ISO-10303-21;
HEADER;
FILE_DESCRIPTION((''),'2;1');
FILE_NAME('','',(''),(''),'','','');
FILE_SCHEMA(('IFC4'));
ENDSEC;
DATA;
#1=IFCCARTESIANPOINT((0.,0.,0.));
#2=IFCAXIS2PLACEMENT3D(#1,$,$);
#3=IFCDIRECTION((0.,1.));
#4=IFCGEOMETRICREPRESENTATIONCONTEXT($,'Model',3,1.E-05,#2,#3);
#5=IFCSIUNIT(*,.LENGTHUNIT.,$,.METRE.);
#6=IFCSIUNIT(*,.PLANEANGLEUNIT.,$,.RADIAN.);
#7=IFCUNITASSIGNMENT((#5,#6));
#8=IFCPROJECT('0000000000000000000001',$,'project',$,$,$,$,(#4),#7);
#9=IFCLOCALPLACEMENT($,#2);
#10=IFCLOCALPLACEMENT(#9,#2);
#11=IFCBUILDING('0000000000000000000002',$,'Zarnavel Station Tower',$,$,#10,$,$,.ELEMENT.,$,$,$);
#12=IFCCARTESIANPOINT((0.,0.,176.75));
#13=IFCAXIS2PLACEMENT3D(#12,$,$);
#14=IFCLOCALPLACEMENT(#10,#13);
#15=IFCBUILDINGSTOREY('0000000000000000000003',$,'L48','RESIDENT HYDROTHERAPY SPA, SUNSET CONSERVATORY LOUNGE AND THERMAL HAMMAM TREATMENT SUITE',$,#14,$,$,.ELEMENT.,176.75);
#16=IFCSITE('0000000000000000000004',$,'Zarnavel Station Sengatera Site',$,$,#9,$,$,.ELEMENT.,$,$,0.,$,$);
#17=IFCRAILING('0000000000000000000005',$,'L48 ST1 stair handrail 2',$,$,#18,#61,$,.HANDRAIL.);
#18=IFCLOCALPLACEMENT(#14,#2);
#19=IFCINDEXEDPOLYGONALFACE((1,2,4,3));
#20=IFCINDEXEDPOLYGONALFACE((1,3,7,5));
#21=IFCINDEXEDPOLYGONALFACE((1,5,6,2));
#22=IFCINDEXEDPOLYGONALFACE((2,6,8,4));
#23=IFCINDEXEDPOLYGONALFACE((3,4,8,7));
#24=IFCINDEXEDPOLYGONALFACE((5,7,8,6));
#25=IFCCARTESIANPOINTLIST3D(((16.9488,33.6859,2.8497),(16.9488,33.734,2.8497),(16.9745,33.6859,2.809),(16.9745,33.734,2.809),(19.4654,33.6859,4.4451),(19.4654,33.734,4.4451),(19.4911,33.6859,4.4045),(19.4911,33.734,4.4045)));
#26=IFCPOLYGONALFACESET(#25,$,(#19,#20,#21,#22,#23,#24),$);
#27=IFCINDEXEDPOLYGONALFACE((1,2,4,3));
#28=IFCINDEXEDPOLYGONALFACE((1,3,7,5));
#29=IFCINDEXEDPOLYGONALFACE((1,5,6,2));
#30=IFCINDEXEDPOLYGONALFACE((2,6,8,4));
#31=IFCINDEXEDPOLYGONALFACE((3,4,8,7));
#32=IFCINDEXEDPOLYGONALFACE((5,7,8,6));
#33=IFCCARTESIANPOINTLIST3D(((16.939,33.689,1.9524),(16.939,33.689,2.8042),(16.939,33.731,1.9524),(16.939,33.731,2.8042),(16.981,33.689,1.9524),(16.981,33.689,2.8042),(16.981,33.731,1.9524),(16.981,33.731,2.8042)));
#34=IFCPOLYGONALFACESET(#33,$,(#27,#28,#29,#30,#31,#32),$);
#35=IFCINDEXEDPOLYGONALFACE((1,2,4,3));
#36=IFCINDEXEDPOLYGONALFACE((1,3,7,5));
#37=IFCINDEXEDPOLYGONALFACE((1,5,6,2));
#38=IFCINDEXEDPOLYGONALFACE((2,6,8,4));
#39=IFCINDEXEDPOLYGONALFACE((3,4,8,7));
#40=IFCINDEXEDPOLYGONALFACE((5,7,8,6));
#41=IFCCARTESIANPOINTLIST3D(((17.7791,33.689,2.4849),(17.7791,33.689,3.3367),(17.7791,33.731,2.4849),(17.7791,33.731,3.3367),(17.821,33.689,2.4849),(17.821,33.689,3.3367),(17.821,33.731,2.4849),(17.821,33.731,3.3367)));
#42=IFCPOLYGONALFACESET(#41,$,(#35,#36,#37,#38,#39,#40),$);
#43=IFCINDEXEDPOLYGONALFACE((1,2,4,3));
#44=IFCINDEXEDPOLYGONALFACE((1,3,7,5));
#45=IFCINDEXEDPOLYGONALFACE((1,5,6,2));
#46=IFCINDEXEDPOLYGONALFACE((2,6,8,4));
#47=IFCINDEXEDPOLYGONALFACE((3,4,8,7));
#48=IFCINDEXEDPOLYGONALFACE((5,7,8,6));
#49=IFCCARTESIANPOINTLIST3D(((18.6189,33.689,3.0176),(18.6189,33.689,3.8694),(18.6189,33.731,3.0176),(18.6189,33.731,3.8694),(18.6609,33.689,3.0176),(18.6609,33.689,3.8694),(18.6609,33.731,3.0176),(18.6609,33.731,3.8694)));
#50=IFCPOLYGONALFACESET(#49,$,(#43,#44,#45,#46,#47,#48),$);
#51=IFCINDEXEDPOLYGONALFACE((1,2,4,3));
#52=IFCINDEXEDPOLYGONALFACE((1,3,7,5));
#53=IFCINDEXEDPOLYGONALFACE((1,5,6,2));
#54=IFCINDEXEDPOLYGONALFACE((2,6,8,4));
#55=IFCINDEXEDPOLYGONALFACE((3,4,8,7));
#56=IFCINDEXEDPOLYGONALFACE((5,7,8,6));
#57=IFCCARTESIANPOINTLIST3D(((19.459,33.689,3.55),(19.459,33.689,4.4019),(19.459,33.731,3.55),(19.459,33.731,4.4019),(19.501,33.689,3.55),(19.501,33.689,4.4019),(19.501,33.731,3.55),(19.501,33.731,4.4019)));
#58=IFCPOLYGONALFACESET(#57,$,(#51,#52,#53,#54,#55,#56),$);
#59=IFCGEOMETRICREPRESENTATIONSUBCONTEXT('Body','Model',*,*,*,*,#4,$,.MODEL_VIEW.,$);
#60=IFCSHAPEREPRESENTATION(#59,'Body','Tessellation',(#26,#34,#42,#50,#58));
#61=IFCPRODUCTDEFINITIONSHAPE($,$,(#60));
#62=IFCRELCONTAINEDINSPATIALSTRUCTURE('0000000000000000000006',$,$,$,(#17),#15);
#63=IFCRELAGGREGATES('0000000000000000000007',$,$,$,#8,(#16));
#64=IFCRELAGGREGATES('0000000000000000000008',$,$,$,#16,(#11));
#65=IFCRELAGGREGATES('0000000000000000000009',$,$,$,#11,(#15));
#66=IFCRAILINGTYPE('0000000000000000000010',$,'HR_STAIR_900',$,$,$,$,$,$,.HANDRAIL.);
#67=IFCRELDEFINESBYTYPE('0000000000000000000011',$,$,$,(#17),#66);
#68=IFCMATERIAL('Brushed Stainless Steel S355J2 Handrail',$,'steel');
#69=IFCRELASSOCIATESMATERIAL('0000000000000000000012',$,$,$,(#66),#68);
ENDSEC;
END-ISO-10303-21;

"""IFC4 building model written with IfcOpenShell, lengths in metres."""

from ifc_helpers import new_model, si_unit, direction, frame, origin, origin_2d, place, context, subcontext, project, spatial, rectangle, extrude, material, type_object, element, save


model = new_model("IFC4")

# Units and contexts
model_context = context("Model", 3, precision=1e-05, world=origin(), true_north=direction((0.0, 1.0)))
body_context = subcontext(model_context, "Body", "Model", "MODEL_VIEW")
ifc_project = project(units=[si_unit("LENGTHUNIT", "METRE"), si_unit("PLANEANGLEUNIT", "RADIAN")], contexts=[model_context])

# Site, building, storey
site_placement = place(None, origin())
site = spatial("IfcSite", under=ifc_project, at=site_placement, Name="Zarnavel Station Sengatera Site", CompositionType="ELEMENT", RefElevation=0.0)
building_placement = place(site_placement, origin())
building = spatial("IfcBuilding", under=site, at=building_placement, Name="Zarnavel Station Tower", CompositionType="ELEMENT")
storey_placement = place(building_placement, frame((0.0, 0.0, 176.75)))
storey = spatial("IfcBuildingStorey", under=building, at=storey_placement, Name="L48", Description="RESIDENT HYDROTHERAPY SPA, SUNSET CONSERVATORY LOUNGE AND THERMAL HAMMAM TREATMENT SUITE", CompositionType="ELEMENT", Elevation=176.75)

# Railing
ifc_material_1 = material(Name="Brushed Stainless Steel S355J2 Handrail", Category="steel")
railing_type_1 = type_object("IfcRailingType", Name="HR_STAIR_900", PredefinedType="HANDRAIL", material=ifc_material_1)
railing_1_placement = place(storey_placement, frame((16.96, 33.71, 1.9524)))
element("IfcRailing", 1, at=railing_1_placement, inside=storey, type_object=railing_type_1, Name="L48 ST1 stair handrail 2", PredefinedType="HANDRAIL", context=body_context, shape_type="SweptSolid", body=[
    extrude(rectangle(XDim=0.0481, YDim=0.0481, at=origin_2d()), frame((0.0017, 0.0, 0.877), z_axis=(0.84457, 0.0, 0.535445), x_axis=(0.0, 1.0, 0.0)), (0.0, 0.0, 1.0), 2.9797),
    extrude(rectangle(XDim=0.042, YDim=0.042, at=origin_2d()), origin(), (0.0, 0.0, 1.0), 0.8518),
    extrude(rectangle(XDim=0.042, YDim=0.042, at=origin_2d()), frame((0.8401, 0.0, 0.5325)), (0.0, 0.0, 1.0), 0.8518),
    extrude(rectangle(XDim=0.042, YDim=0.042, at=origin_2d()), frame((1.6799, 0.0, 1.0652)), (0.0, 0.0, 1.0), 0.8518),
    extrude(rectangle(XDim=0.042, YDim=0.042, at=origin_2d()), frame((2.52, 0.0, 1.5977)), (0.0, 0.0, 1.0), 0.8518),
])

save(model, "model.ifc")
